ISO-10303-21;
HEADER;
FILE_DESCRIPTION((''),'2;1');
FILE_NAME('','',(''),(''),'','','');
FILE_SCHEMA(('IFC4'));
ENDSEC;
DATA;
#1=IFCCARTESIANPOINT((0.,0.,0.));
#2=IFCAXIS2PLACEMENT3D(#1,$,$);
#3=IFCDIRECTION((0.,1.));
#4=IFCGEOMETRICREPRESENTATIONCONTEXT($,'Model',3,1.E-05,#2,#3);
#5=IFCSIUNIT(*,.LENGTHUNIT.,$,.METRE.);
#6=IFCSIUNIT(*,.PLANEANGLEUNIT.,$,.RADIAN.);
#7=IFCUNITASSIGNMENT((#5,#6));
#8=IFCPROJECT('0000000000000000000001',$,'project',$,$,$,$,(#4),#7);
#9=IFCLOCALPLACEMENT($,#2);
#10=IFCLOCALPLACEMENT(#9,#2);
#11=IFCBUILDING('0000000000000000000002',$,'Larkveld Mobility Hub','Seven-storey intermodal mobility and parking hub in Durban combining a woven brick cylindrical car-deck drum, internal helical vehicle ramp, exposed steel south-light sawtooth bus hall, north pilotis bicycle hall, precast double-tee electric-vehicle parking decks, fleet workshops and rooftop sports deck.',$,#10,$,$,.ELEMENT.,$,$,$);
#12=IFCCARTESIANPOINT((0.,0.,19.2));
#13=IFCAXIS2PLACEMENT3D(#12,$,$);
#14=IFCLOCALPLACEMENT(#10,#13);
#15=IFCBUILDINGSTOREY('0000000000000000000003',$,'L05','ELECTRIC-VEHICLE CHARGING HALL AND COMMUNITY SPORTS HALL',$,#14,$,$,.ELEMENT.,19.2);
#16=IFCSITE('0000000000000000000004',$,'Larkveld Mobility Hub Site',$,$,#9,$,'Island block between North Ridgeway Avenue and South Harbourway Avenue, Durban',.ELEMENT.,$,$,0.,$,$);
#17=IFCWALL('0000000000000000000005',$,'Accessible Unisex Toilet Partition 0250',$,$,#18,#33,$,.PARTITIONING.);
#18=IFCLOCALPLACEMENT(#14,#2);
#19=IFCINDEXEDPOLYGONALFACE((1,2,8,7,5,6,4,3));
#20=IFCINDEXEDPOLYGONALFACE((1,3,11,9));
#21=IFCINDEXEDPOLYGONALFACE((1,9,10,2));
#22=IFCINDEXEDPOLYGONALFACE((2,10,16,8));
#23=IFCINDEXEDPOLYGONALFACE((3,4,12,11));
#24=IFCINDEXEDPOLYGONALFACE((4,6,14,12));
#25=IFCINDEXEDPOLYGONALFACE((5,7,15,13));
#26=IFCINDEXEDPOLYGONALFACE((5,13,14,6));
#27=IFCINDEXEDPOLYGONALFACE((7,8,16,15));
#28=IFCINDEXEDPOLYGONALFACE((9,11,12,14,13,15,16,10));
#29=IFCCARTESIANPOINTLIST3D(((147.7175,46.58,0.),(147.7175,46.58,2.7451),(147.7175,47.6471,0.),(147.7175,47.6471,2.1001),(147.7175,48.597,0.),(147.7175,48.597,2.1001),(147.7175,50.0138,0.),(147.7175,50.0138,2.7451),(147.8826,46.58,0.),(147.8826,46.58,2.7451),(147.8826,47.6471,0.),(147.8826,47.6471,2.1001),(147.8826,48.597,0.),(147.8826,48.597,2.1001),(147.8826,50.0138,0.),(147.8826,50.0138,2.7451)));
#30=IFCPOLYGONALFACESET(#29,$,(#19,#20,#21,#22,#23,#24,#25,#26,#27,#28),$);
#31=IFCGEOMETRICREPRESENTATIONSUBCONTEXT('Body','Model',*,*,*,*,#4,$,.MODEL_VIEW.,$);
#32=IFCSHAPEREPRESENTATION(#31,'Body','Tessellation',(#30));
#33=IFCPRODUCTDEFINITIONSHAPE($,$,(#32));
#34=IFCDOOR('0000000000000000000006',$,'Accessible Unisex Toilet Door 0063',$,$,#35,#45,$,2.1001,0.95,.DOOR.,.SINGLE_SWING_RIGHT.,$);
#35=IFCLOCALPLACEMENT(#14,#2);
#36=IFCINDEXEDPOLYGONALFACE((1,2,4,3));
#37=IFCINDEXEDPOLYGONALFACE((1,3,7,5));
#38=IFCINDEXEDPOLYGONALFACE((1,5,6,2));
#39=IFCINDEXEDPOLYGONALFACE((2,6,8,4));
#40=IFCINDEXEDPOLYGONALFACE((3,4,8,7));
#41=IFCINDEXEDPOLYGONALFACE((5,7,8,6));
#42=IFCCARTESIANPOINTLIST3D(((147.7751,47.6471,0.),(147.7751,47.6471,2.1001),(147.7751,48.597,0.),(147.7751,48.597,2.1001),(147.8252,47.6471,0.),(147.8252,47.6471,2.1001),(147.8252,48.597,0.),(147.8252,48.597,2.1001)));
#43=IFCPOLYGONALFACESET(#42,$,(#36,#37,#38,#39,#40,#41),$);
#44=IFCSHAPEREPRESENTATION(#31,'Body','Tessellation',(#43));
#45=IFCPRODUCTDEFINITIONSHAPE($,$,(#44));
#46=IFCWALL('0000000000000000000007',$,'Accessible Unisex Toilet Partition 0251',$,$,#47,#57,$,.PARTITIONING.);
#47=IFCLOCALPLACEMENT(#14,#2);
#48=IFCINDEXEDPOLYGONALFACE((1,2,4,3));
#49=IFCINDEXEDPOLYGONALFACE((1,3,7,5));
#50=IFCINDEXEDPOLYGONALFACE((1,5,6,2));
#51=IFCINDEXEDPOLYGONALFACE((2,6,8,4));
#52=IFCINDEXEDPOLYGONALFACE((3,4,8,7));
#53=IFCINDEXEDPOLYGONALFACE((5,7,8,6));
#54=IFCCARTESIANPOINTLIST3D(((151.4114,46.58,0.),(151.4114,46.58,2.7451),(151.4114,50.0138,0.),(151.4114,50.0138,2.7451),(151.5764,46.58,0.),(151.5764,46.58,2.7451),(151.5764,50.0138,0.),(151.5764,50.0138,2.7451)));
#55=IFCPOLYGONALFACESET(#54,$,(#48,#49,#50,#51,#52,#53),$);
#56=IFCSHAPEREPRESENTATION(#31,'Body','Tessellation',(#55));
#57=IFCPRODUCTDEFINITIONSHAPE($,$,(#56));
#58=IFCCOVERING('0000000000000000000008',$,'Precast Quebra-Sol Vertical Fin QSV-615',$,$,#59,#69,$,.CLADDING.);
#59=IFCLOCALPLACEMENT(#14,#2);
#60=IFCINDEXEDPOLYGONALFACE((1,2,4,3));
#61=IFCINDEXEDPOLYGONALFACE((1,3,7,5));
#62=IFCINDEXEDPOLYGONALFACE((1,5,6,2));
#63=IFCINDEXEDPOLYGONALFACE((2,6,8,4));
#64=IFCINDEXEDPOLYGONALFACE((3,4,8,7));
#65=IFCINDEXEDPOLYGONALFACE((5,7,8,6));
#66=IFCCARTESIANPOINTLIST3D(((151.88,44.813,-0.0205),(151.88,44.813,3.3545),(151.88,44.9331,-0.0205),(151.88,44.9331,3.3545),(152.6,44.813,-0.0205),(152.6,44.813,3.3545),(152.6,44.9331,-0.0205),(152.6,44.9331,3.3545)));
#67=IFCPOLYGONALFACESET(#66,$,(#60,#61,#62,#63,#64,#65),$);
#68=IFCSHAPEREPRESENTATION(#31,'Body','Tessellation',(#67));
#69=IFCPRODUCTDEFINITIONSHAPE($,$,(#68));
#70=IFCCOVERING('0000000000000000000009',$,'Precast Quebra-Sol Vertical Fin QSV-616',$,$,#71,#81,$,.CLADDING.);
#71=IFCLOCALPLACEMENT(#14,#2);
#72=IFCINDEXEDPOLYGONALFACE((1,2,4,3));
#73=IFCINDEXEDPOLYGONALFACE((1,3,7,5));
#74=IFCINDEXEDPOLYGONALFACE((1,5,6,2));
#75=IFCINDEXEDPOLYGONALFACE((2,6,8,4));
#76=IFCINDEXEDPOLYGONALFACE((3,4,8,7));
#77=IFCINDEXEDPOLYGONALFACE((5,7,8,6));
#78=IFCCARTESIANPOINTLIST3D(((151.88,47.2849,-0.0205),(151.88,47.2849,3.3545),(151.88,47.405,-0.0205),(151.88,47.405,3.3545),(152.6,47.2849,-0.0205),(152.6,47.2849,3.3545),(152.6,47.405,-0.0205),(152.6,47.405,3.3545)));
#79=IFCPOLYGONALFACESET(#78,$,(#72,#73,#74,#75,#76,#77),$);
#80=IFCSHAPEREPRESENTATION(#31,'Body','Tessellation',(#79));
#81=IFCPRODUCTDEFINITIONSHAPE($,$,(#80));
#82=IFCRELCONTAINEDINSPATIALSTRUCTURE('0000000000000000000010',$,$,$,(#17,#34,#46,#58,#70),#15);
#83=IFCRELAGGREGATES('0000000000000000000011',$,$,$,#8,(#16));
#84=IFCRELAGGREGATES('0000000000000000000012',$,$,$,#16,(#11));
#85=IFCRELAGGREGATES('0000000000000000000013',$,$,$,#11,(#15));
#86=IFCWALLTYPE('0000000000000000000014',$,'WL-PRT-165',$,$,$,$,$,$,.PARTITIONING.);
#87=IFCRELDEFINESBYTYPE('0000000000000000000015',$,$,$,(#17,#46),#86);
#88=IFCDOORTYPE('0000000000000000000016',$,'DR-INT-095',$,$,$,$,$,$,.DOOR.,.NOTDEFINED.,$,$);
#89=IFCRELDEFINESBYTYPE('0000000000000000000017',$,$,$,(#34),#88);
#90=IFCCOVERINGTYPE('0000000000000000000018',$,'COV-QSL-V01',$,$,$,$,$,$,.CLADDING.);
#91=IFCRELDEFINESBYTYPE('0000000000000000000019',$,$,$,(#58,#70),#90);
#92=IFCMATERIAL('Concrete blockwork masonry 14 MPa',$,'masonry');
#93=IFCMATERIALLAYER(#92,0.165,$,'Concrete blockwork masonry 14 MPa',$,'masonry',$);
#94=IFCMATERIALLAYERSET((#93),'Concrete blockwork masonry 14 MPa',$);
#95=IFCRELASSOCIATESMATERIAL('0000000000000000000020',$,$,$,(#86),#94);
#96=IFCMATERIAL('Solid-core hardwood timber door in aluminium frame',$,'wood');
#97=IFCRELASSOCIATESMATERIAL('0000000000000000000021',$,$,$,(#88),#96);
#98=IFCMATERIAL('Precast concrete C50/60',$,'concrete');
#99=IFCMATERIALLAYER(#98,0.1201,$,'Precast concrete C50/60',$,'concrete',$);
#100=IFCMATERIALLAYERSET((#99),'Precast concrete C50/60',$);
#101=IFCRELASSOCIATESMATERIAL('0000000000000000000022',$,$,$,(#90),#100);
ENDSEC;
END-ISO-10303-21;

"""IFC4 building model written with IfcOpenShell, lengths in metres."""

from ifc_helpers import new_model, si_unit, direction, frame, frame_2d, origin, origin_2d, place, context, subcontext, project, spatial, rectangle, extrude, material, layer, layer_set, type_object, element, fill, save


model = new_model("IFC4")

# Units and contexts
model_context = context("Model", 3, precision=1e-05, world=origin(), true_north=direction((0.0, 1.0)))
body_context = subcontext(model_context, "Body", "Model", "MODEL_VIEW")
ifc_project = project(units=[si_unit("LENGTHUNIT", "METRE"), si_unit("PLANEANGLEUNIT", "RADIAN")], contexts=[model_context])

# Site, building, storey
site_placement = place(None, origin())
site = spatial("IfcSite", under=ifc_project, at=site_placement, Name="Larkveld Mobility Hub Site", LongName="Island block between North Ridgeway Avenue and South Harbourway Avenue, Durban", CompositionType="ELEMENT", RefElevation=0.0)
building_placement = place(site_placement, origin())
building = spatial("IfcBuilding", under=site, at=building_placement, Name="Larkveld Mobility Hub", Description="Seven-storey intermodal mobility and parking hub in Durban combining a woven brick cylindrical car-deck drum, internal helical vehicle ramp, exposed steel south-light sawtooth bus hall, north pilotis bicycle hall, precast double-tee electric-vehicle parking decks, fleet workshops and rooftop sports deck.", CompositionType="ELEMENT")
storey_placement = place(building_placement, frame((0.0, 0.0, 19.2)))
storey = spatial("IfcBuildingStorey", under=building, at=storey_placement, Name="L05", Description="ELECTRIC-VEHICLE CHARGING HALL AND COMMUNITY SPORTS HALL", CompositionType="ELEMENT", Elevation=19.2)

# Shared definitions
ifc_material_1 = material(Name="Concrete blockwork masonry 14 MPa", Category="masonry")
ifc_layer_1 = layer(ifc_material_1, 0.165, Name="Concrete blockwork masonry 14 MPa", Category="masonry")
ifc_layer_set_1 = layer_set([ifc_layer_1], Name="Concrete blockwork masonry 14 MPa")
wall_type_1 = type_object("IfcWallType", Name="WL-PRT-165", PredefinedType="PARTITIONING", material=ifc_layer_set_1)

# Wall, opening, door
wall_1_placement = place(storey_placement, frame((147.8, 46.5801, 0.0), z_axis=(0.0, 0.0, 1.0), x_axis=(0.0, 1.0, 0.0)))
wall_1 = element("IfcWall", 1, at=wall_1_placement, inside=storey, type_object=wall_type_1, Name="Accessible Unisex Toilet Partition 0250", PredefinedType="PARTITIONING", context=body_context, shape_type="SweptSolid", body=[
    extrude(rectangle(XDim=3.4338, YDim=0.165, at=frame_2d((1.7168, 0.0))), origin(), (0.0, 0.0, 1.0), 2.7451),
])
opening_placement = place(wall_1_placement, frame((1.0669, 0.0, 0.0)))
opening = element("IfcOpeningElement", 2, at=opening_placement, cuts=wall_1, PredefinedType="OPENING", context=body_context, shape_type="SweptSolid", body=[
    extrude(rectangle(XDim=0.95, YDim=2.1001, at=frame_2d((0.4751, 1.05))), frame((0.0, 0.0925, 0.0), z_axis=(0.0, -1.0, 0.0), x_axis=(1.0, 0.0, 0.0)), (0.0, 0.0, 1.0), 0.1851),
])
ifc_material_2 = material(Name="Solid-core hardwood timber door in aluminium frame", Category="wood")
door_type = type_object("IfcDoorType", Name="DR-INT-095", OperationType="NOTDEFINED", PredefinedType="DOOR", material=ifc_material_2)
door_placement = place(opening_placement, origin())
door = element("IfcDoor", 3, at=door_placement, inside=storey, type_object=door_type, Name="Accessible Unisex Toilet Door 0063", OperationType="SINGLE_SWING_RIGHT", OverallHeight=2.1001, OverallWidth=0.95, PredefinedType="DOOR", context=body_context, shape_type="SweptSolid", body=[
    extrude(rectangle(XDim=0.95, YDim=2.1001, at=frame_2d((0.4751, 1.05))), frame((0.0, 0.0249, 0.0), z_axis=(0.0, -1.0, 0.0), x_axis=(1.0, 0.0, 0.0)), (0.0, 0.0, 1.0), 0.05),
])
fill(opening, door)

# Wall
wall_2_placement = place(storey_placement, frame((151.4939, 46.5801, 0.0), z_axis=(0.0, 0.0, 1.0), x_axis=(0.0, 1.0, 0.0)))
element("IfcWall", 4, at=wall_2_placement, inside=storey, type_object=wall_type_1, Name="Accessible Unisex Toilet Partition 0251", PredefinedType="PARTITIONING", context=body_context, shape_type="SweptSolid", body=[
    extrude(rectangle(XDim=3.4338, YDim=0.165, at=frame_2d((1.7168, 0.0))), origin(), (0.0, 0.0, 1.0), 2.7451),
])

# Coverings
ifc_material_3 = material(Name="Precast concrete C50/60", Category="concrete")
ifc_layer_2 = layer(ifc_material_3, 0.1201, Name="Precast concrete C50/60", Category="concrete")
ifc_layer_set_2 = layer_set([ifc_layer_2], Name="Precast concrete C50/60")
covering_type = type_object("IfcCoveringType", Name="COV-QSL-V01", PredefinedType="CLADDING", material=ifc_layer_set_2)
for number, where, z_axis, x_axis, name in (
    (5, (152.24, 44.873, -0.0205), (0.0, 0.0, 1.0), (0.0, 1.0, 0.0), "Precast Quebra-Sol Vertical Fin QSV-615"),
    (6, (152.24, 47.345, -0.0205), (0.0, 0.0, 1.0), (0.0, 1.0, 0.0), "Precast Quebra-Sol Vertical Fin QSV-616"),
):
    element("IfcCovering", number, at=place(storey_placement, frame(where, z_axis=z_axis, x_axis=x_axis)), inside=storey, type_object=covering_type, Name=name, PredefinedType="CLADDING", context=body_context, shape_type="SweptSolid", body=[
        extrude(rectangle(XDim=0.1201, YDim=0.72, at=origin_2d()), origin(), (0.0, 0.0, 1.0), 3.375),
    ])

save(model, "model.ifc")
